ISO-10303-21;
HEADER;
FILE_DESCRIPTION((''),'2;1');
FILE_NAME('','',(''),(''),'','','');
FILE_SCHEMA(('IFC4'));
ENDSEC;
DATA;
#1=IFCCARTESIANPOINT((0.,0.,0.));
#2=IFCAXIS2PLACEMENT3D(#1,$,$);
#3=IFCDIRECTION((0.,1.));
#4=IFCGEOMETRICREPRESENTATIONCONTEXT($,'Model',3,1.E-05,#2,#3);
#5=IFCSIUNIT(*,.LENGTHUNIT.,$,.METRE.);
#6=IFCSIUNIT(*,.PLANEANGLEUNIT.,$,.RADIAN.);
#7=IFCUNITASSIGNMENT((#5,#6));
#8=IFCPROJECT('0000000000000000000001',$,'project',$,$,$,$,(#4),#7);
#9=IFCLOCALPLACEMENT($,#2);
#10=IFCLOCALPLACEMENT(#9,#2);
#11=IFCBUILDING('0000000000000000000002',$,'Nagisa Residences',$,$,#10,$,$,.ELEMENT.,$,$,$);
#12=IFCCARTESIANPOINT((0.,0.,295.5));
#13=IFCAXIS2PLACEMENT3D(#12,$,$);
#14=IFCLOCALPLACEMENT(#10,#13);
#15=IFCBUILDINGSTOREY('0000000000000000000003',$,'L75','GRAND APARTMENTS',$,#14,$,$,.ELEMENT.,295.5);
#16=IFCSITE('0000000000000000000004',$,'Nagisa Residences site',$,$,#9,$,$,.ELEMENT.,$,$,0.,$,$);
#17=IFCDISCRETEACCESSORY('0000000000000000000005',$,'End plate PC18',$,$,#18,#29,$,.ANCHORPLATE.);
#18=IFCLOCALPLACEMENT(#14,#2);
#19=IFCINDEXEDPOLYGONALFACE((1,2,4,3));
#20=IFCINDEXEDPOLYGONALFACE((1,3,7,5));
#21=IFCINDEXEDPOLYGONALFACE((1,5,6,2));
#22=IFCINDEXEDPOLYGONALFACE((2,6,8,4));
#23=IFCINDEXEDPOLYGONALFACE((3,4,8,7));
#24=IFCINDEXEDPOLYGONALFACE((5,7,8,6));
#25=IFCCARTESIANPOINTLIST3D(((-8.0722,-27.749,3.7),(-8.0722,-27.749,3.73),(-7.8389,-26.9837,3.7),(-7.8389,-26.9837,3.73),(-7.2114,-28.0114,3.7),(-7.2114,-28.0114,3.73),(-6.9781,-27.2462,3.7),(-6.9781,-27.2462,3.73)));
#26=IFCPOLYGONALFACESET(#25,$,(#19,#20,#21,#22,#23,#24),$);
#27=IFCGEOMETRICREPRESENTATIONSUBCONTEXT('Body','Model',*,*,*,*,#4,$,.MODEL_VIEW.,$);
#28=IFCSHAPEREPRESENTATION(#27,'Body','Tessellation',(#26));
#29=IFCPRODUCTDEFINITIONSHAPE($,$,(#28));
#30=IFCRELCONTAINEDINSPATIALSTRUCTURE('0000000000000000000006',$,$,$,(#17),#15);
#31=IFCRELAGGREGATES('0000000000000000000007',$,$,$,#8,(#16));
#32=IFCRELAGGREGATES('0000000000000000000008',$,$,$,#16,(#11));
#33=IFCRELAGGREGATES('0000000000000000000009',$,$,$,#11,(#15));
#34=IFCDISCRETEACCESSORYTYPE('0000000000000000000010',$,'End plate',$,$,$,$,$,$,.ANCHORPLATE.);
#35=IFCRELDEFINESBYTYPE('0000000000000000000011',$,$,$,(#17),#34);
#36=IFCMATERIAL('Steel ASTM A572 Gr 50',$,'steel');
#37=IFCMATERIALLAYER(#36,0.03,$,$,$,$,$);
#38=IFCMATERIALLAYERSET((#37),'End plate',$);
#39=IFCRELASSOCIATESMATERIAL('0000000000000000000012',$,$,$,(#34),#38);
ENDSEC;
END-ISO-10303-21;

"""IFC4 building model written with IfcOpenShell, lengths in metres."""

from ifc_helpers import new_model, si_unit, direction, frame, origin, origin_2d, place, context, subcontext, project, spatial, rectangle, extrude, material, layer, layer_set, type_object, element, save


model = new_model("IFC4")

# Units and contexts
model_context = context("Model", 3, precision=1e-05, world=origin(), true_north=direction((0.0, 1.0)))
body_context = subcontext(model_context, "Body", "Model", "MODEL_VIEW")
ifc_project = project(units=[si_unit("LENGTHUNIT", "METRE"), si_unit("PLANEANGLEUNIT", "RADIAN")], contexts=[model_context])

# Site, building, storey
site_placement = place(None, origin())
site = spatial("IfcSite", under=ifc_project, at=site_placement, Name="Nagisa Residences site", CompositionType="ELEMENT", RefElevation=0.0)
building_placement = place(site_placement, origin())
building = spatial("IfcBuilding", under=site, at=building_placement, Name="Nagisa Residences", CompositionType="ELEMENT")
storey_placement = place(building_placement, frame((0.0, 0.0, 295.5)))
storey = spatial("IfcBuildingStorey", under=building, at=storey_placement, Name="L75", Description="GRAND APARTMENTS", CompositionType="ELEMENT", Elevation=295.5)

# Discrete accessory
ifc_material_1 = material(Name="Steel ASTM A572 Gr 50", Category="steel")
ifc_layer_1 = layer(ifc_material_1, 0.03)
ifc_layer_set_1 = layer_set([ifc_layer_1], Name="End plate")
discrete_accessory_type = type_object("IfcDiscreteAccessoryType", Name="End plate", PredefinedType="ANCHORPLATE", material=ifc_layer_set_1)
discrete_accessory_placement = place(storey_placement, frame((-7.5251, -27.4976, 3.7), z_axis=(0.0, 0.0, 1.0), x_axis=(0.956525, -0.291652, 0.0)))
element("IfcDiscreteAccessory", 1, at=discrete_accessory_placement, inside=storey, type_object=discrete_accessory_type, Name="End plate PC18", PredefinedType="ANCHORPLATE", context=body_context, shape_type="SweptSolid", body=[
    extrude(rectangle(XDim=0.8999, YDim=0.8, at=origin_2d()), origin(), (0.0, 0.0, 1.0), 0.03),
])

save(model, "model.ifc")
